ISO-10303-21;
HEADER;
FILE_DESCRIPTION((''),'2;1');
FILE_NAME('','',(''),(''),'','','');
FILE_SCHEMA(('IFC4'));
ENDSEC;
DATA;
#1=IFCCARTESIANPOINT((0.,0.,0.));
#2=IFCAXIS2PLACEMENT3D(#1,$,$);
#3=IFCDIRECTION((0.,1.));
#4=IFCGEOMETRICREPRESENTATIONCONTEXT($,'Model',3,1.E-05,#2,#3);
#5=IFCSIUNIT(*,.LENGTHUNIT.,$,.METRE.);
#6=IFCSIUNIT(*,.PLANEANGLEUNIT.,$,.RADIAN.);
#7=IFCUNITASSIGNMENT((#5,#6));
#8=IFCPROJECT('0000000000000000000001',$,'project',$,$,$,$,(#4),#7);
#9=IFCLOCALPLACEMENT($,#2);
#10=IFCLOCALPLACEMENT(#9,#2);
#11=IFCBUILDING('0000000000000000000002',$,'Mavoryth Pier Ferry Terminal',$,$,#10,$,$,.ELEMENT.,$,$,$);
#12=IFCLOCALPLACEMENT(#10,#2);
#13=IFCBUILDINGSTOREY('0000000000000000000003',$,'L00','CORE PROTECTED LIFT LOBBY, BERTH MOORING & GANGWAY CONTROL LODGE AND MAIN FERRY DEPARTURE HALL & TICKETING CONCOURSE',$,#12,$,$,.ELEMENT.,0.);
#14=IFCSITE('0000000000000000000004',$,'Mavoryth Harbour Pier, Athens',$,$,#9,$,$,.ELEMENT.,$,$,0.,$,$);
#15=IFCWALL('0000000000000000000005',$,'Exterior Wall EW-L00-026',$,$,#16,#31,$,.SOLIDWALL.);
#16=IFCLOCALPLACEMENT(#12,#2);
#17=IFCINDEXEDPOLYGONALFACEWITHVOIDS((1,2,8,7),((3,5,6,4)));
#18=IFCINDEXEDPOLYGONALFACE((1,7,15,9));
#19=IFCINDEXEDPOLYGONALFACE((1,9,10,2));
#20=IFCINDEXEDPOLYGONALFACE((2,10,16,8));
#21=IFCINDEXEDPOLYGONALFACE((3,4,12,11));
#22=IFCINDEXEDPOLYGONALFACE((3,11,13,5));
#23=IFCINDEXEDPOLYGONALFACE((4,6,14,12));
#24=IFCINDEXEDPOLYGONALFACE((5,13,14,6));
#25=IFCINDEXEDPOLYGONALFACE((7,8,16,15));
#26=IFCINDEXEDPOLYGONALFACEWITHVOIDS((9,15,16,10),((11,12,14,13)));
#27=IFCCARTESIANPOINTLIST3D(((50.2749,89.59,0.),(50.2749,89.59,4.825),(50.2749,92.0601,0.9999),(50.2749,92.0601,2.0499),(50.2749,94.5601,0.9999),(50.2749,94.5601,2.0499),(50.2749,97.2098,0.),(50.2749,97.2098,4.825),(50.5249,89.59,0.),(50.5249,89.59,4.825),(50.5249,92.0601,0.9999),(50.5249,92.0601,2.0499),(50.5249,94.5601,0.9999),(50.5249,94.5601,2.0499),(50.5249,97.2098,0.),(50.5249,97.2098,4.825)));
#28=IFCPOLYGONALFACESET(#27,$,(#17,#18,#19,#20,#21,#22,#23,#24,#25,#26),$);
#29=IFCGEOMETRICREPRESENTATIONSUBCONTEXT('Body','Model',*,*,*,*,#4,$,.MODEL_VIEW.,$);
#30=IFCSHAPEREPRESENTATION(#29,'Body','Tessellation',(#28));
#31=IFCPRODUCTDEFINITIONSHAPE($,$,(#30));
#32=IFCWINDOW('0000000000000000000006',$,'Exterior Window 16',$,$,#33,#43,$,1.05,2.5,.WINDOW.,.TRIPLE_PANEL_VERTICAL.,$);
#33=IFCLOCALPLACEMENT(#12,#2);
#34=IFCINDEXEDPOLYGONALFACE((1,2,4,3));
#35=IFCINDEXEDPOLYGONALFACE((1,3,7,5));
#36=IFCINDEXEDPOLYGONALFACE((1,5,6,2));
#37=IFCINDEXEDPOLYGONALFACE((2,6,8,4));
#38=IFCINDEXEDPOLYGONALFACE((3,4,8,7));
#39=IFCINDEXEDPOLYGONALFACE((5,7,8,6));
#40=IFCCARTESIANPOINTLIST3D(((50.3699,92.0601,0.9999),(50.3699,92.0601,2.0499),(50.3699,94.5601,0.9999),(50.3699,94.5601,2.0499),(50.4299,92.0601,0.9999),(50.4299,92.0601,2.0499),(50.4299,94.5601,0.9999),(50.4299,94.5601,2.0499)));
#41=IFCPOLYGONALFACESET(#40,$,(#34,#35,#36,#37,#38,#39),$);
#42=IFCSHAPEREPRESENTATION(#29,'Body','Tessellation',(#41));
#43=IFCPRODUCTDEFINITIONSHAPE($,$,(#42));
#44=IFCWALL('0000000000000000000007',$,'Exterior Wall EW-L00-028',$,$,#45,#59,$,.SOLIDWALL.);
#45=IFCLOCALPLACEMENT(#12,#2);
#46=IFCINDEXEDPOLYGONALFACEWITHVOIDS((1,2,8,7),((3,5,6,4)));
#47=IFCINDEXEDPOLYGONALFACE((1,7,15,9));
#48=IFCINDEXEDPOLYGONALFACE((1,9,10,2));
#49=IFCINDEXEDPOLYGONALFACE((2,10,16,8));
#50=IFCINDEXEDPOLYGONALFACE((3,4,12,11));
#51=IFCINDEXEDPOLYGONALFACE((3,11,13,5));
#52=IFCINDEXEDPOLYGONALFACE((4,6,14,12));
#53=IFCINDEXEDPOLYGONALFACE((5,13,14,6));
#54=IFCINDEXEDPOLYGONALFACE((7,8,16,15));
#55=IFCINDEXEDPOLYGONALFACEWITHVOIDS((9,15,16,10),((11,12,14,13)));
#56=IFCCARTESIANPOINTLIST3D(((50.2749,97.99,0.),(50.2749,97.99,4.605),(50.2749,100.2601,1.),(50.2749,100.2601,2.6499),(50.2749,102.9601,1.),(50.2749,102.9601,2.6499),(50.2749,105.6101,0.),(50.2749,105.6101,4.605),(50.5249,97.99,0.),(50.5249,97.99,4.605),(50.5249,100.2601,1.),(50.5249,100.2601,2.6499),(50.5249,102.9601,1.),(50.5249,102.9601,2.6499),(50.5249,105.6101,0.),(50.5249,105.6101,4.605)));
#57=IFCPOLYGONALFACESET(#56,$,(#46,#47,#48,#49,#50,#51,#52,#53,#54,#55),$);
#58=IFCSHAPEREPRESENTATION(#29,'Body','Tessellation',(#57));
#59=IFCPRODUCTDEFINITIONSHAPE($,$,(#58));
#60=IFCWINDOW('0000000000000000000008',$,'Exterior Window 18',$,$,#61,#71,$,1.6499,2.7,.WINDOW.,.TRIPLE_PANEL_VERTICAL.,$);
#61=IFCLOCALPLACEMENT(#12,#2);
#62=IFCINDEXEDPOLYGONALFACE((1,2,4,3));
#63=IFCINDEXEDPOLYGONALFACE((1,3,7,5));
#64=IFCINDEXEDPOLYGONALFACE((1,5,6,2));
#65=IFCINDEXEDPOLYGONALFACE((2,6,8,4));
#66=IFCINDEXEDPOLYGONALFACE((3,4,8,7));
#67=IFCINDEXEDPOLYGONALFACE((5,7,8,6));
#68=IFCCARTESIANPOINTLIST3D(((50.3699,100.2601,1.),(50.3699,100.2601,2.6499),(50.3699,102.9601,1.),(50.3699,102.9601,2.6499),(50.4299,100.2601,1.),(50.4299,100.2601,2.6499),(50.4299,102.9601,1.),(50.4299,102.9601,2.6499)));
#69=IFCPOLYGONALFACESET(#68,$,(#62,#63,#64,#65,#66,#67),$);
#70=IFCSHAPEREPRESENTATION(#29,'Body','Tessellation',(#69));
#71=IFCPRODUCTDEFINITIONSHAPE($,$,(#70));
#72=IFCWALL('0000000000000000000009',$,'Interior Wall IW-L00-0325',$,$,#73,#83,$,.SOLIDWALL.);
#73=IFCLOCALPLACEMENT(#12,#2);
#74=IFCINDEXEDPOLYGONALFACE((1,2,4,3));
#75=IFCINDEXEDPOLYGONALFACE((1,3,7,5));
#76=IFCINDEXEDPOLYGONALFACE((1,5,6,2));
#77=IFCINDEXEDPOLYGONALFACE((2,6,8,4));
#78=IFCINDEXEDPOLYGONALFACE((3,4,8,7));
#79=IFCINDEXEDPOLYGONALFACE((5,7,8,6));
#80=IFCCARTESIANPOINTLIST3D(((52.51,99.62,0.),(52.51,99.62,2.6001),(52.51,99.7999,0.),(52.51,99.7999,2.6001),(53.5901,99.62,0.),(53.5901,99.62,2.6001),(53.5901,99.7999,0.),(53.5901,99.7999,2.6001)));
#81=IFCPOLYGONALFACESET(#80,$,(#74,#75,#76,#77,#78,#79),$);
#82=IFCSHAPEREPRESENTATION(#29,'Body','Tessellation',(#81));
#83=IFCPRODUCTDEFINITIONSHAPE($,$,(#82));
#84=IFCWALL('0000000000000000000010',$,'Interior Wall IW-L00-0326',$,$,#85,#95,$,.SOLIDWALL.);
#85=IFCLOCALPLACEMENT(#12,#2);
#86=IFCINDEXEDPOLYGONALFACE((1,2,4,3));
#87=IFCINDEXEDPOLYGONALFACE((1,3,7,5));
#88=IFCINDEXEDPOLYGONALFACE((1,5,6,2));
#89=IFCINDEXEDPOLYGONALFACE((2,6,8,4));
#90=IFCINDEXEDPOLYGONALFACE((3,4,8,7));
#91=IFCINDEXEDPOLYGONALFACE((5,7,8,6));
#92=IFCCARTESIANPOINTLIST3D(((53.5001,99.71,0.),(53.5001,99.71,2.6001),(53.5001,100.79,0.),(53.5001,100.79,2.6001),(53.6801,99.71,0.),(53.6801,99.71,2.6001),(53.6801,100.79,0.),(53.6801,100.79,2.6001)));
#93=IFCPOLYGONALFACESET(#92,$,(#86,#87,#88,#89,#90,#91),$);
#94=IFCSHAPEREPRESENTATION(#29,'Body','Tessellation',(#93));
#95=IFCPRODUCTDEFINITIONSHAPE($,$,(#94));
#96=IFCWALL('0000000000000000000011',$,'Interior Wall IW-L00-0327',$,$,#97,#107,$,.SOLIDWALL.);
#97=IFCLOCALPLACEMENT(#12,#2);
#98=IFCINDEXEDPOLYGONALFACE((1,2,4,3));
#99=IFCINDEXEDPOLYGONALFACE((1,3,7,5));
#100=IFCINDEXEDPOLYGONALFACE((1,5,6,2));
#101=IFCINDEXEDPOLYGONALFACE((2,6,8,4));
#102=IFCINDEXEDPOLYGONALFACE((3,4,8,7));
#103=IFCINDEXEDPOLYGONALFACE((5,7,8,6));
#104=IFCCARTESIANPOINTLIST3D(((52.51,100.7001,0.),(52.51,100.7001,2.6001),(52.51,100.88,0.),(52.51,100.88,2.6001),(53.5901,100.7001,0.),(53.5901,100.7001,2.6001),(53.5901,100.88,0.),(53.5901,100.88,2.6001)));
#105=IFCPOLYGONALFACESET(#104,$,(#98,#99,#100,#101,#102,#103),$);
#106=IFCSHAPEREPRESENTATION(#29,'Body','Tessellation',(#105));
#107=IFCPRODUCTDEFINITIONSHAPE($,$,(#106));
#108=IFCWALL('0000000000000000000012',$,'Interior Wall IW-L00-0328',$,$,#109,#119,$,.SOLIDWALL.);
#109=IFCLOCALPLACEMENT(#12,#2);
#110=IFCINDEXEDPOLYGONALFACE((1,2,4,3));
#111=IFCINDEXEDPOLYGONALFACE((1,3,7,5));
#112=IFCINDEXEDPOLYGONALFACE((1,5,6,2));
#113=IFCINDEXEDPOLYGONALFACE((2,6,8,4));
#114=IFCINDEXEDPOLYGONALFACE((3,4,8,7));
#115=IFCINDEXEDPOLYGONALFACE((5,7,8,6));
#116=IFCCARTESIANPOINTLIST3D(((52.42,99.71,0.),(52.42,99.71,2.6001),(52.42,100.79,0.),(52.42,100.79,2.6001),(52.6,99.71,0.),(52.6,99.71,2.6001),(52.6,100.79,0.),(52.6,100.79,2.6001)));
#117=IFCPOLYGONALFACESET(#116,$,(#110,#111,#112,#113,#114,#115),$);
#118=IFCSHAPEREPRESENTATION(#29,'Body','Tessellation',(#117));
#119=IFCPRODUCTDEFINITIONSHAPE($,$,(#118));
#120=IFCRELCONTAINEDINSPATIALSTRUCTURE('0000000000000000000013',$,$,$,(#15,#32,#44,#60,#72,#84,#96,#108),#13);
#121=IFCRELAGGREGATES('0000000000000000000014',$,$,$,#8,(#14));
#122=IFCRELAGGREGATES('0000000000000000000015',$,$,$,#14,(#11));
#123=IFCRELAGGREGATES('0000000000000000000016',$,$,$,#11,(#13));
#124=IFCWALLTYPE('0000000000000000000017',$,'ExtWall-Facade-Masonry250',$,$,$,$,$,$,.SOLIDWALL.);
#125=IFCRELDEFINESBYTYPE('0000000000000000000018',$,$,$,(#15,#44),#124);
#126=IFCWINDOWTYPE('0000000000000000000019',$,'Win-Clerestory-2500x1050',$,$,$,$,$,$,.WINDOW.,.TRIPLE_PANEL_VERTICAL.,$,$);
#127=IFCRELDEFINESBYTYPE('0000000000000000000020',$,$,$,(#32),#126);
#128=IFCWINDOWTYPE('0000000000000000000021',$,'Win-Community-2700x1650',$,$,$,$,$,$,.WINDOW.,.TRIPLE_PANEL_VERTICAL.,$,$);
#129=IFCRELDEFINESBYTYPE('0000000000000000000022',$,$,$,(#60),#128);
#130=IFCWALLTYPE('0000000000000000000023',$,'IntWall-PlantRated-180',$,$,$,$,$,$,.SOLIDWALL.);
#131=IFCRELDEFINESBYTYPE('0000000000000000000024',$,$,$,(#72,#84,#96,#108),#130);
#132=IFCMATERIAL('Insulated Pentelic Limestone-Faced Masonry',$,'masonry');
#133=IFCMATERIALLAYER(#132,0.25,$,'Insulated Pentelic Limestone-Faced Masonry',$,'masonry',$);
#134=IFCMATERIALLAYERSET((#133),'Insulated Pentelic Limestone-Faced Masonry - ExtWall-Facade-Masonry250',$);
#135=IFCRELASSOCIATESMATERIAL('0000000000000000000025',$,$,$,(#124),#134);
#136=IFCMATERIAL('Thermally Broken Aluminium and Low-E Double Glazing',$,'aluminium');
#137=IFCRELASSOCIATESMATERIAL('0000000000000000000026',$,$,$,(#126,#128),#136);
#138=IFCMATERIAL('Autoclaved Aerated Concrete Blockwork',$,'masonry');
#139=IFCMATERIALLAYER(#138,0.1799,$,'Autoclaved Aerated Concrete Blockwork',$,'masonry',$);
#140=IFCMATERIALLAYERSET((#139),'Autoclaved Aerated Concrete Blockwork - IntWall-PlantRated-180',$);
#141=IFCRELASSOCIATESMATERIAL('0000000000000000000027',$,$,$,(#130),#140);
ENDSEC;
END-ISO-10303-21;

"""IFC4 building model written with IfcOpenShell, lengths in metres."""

from ifc_helpers import new_model, si_unit, direction, frame, frame_2d, origin, place, context, subcontext, project, spatial, rectangle, extrude, material, layer, layer_set, type_object, element, fill, save


model = new_model("IFC4")

# Units and contexts
model_context = context("Model", 3, precision=1e-05, world=origin(), true_north=direction((0.0, 1.0)))
body_context = subcontext(model_context, "Body", "Model", "MODEL_VIEW")
ifc_project = project(units=[si_unit("LENGTHUNIT", "METRE"), si_unit("PLANEANGLEUNIT", "RADIAN")], contexts=[model_context])

# Site, building, storey
site_placement = place(None, origin())
site = spatial("IfcSite", under=ifc_project, at=site_placement, Name="Mavoryth Harbour Pier, Athens", CompositionType="ELEMENT", RefElevation=0.0)
building_placement = place(site_placement, origin())
building = spatial("IfcBuilding", under=site, at=building_placement, Name="Mavoryth Pier Ferry Terminal", CompositionType="ELEMENT")
storey_placement = place(building_placement, origin())
storey = spatial("IfcBuildingStorey", under=building, at=storey_placement, Name="L00", Description="CORE PROTECTED LIFT LOBBY, BERTH MOORING & GANGWAY CONTROL LODGE AND MAIN FERRY DEPARTURE HALL & TICKETING CONCOURSE", CompositionType="ELEMENT", Elevation=0.0)

# Walls, openings, windows
ifc_material_1 = material(Name="Insulated Pentelic Limestone-Faced Masonry", Category="masonry")
ifc_layer_1 = layer(ifc_material_1, 0.25, Name="Insulated Pentelic Limestone-Faced Masonry", Category="masonry")
ifc_layer_set_1 = layer_set([ifc_layer_1], Name="Insulated Pentelic Limestone-Faced Masonry - ExtWall-Facade-Masonry250")
wall_type_1 = type_object("IfcWallType", Name="ExtWall-Facade-Masonry250", PredefinedType="SOLIDWALL", material=ifc_layer_set_1)
ifc_material_2 = material(Name="Thermally Broken Aluminium and Low-E Double Glazing", Category="aluminium")
wall_1_placement = place(storey_placement, frame((50.3999, 97.21, 0.0), z_axis=(0.0, 0.0, 1.0), x_axis=(0.0, -1.0, 0.0)))
wall_1 = element("IfcWall", 1, at=wall_1_placement, inside=storey, type_object=wall_type_1, Name="Exterior Wall EW-L00-026", PredefinedType="SOLIDWALL", context=body_context, shape_type="SweptSolid", body=[
    extrude(rectangle(XDim=7.6199, YDim=0.25, at=frame_2d((3.8101, 0.0))), origin(), (0.0, 0.0, 1.0), 4.825),
])
opening_1_placement = place(wall_1_placement, frame((2.6499, 0.0, 1.0)))
opening_1 = element("IfcOpeningElement", 2, at=opening_1_placement, cuts=wall_1, PredefinedType="OPENING", context=body_context, shape_type="SweptSolid", body=[
    extrude(rectangle(XDim=2.5, YDim=1.05, at=frame_2d((1.25, 0.5249))), frame((0.0, 0.135, 0.0), z_axis=(0.0, -1.0, 0.0), x_axis=(1.0, 0.0, 0.0)), (0.0, 0.0, 1.0), 0.27),
])
window_type_1 = type_object("IfcWindowType", Name="Win-Clerestory-2500x1050", PartitioningType="TRIPLE_PANEL_VERTICAL", PredefinedType="WINDOW", material=ifc_material_2)
window_1_placement = place(opening_1_placement, origin())
window_1 = element("IfcWindow", 3, at=window_1_placement, inside=storey, type_object=window_type_1, Name="Exterior Window 16", OverallHeight=1.05, OverallWidth=2.5, PartitioningType="TRIPLE_PANEL_VERTICAL", PredefinedType="WINDOW", context=body_context, shape_type="SweptSolid", body=[
    extrude(rectangle(XDim=2.5, YDim=1.05, at=frame_2d((1.25, 0.5249))), frame((0.0, 0.03, 0.0), z_axis=(0.0, -1.0, 0.0), x_axis=(1.0, 0.0, 0.0)), (0.0, 0.0, 1.0), 0.0601),
])
fill(opening_1, window_1)
wall_2_placement = place(storey_placement, frame((50.3999, 105.6101, 0.0), z_axis=(0.0, 0.0, 1.0), x_axis=(0.0, -1.0, 0.0)))
wall_2 = element("IfcWall", 4, at=wall_2_placement, inside=storey, type_object=wall_type_1, Name="Exterior Wall EW-L00-028", PredefinedType="SOLIDWALL", context=body_context, shape_type="SweptSolid", body=[
    extrude(rectangle(XDim=7.6201, YDim=0.25, at=frame_2d((3.8101, 0.0))), origin(), (0.0, 0.0, 1.0), 4.605),
])
opening_2_placement = place(wall_2_placement, frame((2.6499, 0.0, 1.0)))
opening_2 = element("IfcOpeningElement", 5, at=opening_2_placement, cuts=wall_2, PredefinedType="OPENING", context=body_context, shape_type="SweptSolid", body=[
    extrude(rectangle(XDim=2.7, YDim=1.6499, at=frame_2d((1.3501, 0.825))), frame((0.0, 0.135, 0.0), z_axis=(0.0, -1.0, 0.0), x_axis=(1.0, 0.0, 0.0)), (0.0, 0.0, 1.0), 0.27),
])
window_type_2 = type_object("IfcWindowType", Name="Win-Community-2700x1650", PartitioningType="TRIPLE_PANEL_VERTICAL", PredefinedType="WINDOW", material=ifc_material_2)
window_2_placement = place(opening_2_placement, origin())
window_2 = element("IfcWindow", 6, at=window_2_placement, inside=storey, type_object=window_type_2, Name="Exterior Window 18", OverallHeight=1.6499, OverallWidth=2.7, PartitioningType="TRIPLE_PANEL_VERTICAL", PredefinedType="WINDOW", context=body_context, shape_type="SweptSolid", body=[
    extrude(rectangle(XDim=2.7, YDim=1.6499, at=frame_2d((1.3501, 0.825))), frame((0.0, 0.03, 0.0), z_axis=(0.0, -1.0, 0.0), x_axis=(1.0, 0.0, 0.0)), (0.0, 0.0, 1.0), 0.0601),
])
fill(opening_2, window_2)

# Walls
ifc_material_3 = material(Name="Autoclaved Aerated Concrete Blockwork", Category="masonry")
ifc_layer_2 = layer(ifc_material_3, 0.1799, Name="Autoclaved Aerated Concrete Blockwork", Category="masonry")
ifc_layer_set_2 = layer_set([ifc_layer_2], Name="Autoclaved Aerated Concrete Blockwork - IntWall-PlantRated-180")
wall_type_2 = type_object("IfcWallType", Name="IntWall-PlantRated-180", PredefinedType="SOLIDWALL", material=ifc_layer_set_2)
for number, where, z_axis, x_axis, name in (
    (7, (52.51, 99.71, 0.0), (0.0, 0.0, 1.0), (1.0, 0.0, 0.0), "Interior Wall IW-L00-0325"),
    (8, (53.5901, 99.71, 0.0), (0.0, 0.0, 1.0), (0.0, 1.0, 0.0), "Interior Wall IW-L00-0326"),
    (9, (53.5901, 100.79, 0.0), (0.0, 0.0, 1.0), (-1.0, 0.0, 0.0), "Interior Wall IW-L00-0327"),
    (10, (52.51, 100.79, 0.0), (0.0, 0.0, 1.0), (0.0, -1.0, 0.0), "Interior Wall IW-L00-0328"),
):
    element("IfcWall", number, at=place(storey_placement, frame(where, z_axis=z_axis, x_axis=x_axis)), inside=storey, type_object=wall_type_2, Name=name, PredefinedType="SOLIDWALL", context=body_context, shape_type="SweptSolid", body=[
        extrude(rectangle(XDim=1.0801, YDim=0.1799, at=frame_2d((0.54, 0.0))), origin(), (0.0, 0.0, 1.0), 2.6001),
    ])

save(model, "model.ifc")
